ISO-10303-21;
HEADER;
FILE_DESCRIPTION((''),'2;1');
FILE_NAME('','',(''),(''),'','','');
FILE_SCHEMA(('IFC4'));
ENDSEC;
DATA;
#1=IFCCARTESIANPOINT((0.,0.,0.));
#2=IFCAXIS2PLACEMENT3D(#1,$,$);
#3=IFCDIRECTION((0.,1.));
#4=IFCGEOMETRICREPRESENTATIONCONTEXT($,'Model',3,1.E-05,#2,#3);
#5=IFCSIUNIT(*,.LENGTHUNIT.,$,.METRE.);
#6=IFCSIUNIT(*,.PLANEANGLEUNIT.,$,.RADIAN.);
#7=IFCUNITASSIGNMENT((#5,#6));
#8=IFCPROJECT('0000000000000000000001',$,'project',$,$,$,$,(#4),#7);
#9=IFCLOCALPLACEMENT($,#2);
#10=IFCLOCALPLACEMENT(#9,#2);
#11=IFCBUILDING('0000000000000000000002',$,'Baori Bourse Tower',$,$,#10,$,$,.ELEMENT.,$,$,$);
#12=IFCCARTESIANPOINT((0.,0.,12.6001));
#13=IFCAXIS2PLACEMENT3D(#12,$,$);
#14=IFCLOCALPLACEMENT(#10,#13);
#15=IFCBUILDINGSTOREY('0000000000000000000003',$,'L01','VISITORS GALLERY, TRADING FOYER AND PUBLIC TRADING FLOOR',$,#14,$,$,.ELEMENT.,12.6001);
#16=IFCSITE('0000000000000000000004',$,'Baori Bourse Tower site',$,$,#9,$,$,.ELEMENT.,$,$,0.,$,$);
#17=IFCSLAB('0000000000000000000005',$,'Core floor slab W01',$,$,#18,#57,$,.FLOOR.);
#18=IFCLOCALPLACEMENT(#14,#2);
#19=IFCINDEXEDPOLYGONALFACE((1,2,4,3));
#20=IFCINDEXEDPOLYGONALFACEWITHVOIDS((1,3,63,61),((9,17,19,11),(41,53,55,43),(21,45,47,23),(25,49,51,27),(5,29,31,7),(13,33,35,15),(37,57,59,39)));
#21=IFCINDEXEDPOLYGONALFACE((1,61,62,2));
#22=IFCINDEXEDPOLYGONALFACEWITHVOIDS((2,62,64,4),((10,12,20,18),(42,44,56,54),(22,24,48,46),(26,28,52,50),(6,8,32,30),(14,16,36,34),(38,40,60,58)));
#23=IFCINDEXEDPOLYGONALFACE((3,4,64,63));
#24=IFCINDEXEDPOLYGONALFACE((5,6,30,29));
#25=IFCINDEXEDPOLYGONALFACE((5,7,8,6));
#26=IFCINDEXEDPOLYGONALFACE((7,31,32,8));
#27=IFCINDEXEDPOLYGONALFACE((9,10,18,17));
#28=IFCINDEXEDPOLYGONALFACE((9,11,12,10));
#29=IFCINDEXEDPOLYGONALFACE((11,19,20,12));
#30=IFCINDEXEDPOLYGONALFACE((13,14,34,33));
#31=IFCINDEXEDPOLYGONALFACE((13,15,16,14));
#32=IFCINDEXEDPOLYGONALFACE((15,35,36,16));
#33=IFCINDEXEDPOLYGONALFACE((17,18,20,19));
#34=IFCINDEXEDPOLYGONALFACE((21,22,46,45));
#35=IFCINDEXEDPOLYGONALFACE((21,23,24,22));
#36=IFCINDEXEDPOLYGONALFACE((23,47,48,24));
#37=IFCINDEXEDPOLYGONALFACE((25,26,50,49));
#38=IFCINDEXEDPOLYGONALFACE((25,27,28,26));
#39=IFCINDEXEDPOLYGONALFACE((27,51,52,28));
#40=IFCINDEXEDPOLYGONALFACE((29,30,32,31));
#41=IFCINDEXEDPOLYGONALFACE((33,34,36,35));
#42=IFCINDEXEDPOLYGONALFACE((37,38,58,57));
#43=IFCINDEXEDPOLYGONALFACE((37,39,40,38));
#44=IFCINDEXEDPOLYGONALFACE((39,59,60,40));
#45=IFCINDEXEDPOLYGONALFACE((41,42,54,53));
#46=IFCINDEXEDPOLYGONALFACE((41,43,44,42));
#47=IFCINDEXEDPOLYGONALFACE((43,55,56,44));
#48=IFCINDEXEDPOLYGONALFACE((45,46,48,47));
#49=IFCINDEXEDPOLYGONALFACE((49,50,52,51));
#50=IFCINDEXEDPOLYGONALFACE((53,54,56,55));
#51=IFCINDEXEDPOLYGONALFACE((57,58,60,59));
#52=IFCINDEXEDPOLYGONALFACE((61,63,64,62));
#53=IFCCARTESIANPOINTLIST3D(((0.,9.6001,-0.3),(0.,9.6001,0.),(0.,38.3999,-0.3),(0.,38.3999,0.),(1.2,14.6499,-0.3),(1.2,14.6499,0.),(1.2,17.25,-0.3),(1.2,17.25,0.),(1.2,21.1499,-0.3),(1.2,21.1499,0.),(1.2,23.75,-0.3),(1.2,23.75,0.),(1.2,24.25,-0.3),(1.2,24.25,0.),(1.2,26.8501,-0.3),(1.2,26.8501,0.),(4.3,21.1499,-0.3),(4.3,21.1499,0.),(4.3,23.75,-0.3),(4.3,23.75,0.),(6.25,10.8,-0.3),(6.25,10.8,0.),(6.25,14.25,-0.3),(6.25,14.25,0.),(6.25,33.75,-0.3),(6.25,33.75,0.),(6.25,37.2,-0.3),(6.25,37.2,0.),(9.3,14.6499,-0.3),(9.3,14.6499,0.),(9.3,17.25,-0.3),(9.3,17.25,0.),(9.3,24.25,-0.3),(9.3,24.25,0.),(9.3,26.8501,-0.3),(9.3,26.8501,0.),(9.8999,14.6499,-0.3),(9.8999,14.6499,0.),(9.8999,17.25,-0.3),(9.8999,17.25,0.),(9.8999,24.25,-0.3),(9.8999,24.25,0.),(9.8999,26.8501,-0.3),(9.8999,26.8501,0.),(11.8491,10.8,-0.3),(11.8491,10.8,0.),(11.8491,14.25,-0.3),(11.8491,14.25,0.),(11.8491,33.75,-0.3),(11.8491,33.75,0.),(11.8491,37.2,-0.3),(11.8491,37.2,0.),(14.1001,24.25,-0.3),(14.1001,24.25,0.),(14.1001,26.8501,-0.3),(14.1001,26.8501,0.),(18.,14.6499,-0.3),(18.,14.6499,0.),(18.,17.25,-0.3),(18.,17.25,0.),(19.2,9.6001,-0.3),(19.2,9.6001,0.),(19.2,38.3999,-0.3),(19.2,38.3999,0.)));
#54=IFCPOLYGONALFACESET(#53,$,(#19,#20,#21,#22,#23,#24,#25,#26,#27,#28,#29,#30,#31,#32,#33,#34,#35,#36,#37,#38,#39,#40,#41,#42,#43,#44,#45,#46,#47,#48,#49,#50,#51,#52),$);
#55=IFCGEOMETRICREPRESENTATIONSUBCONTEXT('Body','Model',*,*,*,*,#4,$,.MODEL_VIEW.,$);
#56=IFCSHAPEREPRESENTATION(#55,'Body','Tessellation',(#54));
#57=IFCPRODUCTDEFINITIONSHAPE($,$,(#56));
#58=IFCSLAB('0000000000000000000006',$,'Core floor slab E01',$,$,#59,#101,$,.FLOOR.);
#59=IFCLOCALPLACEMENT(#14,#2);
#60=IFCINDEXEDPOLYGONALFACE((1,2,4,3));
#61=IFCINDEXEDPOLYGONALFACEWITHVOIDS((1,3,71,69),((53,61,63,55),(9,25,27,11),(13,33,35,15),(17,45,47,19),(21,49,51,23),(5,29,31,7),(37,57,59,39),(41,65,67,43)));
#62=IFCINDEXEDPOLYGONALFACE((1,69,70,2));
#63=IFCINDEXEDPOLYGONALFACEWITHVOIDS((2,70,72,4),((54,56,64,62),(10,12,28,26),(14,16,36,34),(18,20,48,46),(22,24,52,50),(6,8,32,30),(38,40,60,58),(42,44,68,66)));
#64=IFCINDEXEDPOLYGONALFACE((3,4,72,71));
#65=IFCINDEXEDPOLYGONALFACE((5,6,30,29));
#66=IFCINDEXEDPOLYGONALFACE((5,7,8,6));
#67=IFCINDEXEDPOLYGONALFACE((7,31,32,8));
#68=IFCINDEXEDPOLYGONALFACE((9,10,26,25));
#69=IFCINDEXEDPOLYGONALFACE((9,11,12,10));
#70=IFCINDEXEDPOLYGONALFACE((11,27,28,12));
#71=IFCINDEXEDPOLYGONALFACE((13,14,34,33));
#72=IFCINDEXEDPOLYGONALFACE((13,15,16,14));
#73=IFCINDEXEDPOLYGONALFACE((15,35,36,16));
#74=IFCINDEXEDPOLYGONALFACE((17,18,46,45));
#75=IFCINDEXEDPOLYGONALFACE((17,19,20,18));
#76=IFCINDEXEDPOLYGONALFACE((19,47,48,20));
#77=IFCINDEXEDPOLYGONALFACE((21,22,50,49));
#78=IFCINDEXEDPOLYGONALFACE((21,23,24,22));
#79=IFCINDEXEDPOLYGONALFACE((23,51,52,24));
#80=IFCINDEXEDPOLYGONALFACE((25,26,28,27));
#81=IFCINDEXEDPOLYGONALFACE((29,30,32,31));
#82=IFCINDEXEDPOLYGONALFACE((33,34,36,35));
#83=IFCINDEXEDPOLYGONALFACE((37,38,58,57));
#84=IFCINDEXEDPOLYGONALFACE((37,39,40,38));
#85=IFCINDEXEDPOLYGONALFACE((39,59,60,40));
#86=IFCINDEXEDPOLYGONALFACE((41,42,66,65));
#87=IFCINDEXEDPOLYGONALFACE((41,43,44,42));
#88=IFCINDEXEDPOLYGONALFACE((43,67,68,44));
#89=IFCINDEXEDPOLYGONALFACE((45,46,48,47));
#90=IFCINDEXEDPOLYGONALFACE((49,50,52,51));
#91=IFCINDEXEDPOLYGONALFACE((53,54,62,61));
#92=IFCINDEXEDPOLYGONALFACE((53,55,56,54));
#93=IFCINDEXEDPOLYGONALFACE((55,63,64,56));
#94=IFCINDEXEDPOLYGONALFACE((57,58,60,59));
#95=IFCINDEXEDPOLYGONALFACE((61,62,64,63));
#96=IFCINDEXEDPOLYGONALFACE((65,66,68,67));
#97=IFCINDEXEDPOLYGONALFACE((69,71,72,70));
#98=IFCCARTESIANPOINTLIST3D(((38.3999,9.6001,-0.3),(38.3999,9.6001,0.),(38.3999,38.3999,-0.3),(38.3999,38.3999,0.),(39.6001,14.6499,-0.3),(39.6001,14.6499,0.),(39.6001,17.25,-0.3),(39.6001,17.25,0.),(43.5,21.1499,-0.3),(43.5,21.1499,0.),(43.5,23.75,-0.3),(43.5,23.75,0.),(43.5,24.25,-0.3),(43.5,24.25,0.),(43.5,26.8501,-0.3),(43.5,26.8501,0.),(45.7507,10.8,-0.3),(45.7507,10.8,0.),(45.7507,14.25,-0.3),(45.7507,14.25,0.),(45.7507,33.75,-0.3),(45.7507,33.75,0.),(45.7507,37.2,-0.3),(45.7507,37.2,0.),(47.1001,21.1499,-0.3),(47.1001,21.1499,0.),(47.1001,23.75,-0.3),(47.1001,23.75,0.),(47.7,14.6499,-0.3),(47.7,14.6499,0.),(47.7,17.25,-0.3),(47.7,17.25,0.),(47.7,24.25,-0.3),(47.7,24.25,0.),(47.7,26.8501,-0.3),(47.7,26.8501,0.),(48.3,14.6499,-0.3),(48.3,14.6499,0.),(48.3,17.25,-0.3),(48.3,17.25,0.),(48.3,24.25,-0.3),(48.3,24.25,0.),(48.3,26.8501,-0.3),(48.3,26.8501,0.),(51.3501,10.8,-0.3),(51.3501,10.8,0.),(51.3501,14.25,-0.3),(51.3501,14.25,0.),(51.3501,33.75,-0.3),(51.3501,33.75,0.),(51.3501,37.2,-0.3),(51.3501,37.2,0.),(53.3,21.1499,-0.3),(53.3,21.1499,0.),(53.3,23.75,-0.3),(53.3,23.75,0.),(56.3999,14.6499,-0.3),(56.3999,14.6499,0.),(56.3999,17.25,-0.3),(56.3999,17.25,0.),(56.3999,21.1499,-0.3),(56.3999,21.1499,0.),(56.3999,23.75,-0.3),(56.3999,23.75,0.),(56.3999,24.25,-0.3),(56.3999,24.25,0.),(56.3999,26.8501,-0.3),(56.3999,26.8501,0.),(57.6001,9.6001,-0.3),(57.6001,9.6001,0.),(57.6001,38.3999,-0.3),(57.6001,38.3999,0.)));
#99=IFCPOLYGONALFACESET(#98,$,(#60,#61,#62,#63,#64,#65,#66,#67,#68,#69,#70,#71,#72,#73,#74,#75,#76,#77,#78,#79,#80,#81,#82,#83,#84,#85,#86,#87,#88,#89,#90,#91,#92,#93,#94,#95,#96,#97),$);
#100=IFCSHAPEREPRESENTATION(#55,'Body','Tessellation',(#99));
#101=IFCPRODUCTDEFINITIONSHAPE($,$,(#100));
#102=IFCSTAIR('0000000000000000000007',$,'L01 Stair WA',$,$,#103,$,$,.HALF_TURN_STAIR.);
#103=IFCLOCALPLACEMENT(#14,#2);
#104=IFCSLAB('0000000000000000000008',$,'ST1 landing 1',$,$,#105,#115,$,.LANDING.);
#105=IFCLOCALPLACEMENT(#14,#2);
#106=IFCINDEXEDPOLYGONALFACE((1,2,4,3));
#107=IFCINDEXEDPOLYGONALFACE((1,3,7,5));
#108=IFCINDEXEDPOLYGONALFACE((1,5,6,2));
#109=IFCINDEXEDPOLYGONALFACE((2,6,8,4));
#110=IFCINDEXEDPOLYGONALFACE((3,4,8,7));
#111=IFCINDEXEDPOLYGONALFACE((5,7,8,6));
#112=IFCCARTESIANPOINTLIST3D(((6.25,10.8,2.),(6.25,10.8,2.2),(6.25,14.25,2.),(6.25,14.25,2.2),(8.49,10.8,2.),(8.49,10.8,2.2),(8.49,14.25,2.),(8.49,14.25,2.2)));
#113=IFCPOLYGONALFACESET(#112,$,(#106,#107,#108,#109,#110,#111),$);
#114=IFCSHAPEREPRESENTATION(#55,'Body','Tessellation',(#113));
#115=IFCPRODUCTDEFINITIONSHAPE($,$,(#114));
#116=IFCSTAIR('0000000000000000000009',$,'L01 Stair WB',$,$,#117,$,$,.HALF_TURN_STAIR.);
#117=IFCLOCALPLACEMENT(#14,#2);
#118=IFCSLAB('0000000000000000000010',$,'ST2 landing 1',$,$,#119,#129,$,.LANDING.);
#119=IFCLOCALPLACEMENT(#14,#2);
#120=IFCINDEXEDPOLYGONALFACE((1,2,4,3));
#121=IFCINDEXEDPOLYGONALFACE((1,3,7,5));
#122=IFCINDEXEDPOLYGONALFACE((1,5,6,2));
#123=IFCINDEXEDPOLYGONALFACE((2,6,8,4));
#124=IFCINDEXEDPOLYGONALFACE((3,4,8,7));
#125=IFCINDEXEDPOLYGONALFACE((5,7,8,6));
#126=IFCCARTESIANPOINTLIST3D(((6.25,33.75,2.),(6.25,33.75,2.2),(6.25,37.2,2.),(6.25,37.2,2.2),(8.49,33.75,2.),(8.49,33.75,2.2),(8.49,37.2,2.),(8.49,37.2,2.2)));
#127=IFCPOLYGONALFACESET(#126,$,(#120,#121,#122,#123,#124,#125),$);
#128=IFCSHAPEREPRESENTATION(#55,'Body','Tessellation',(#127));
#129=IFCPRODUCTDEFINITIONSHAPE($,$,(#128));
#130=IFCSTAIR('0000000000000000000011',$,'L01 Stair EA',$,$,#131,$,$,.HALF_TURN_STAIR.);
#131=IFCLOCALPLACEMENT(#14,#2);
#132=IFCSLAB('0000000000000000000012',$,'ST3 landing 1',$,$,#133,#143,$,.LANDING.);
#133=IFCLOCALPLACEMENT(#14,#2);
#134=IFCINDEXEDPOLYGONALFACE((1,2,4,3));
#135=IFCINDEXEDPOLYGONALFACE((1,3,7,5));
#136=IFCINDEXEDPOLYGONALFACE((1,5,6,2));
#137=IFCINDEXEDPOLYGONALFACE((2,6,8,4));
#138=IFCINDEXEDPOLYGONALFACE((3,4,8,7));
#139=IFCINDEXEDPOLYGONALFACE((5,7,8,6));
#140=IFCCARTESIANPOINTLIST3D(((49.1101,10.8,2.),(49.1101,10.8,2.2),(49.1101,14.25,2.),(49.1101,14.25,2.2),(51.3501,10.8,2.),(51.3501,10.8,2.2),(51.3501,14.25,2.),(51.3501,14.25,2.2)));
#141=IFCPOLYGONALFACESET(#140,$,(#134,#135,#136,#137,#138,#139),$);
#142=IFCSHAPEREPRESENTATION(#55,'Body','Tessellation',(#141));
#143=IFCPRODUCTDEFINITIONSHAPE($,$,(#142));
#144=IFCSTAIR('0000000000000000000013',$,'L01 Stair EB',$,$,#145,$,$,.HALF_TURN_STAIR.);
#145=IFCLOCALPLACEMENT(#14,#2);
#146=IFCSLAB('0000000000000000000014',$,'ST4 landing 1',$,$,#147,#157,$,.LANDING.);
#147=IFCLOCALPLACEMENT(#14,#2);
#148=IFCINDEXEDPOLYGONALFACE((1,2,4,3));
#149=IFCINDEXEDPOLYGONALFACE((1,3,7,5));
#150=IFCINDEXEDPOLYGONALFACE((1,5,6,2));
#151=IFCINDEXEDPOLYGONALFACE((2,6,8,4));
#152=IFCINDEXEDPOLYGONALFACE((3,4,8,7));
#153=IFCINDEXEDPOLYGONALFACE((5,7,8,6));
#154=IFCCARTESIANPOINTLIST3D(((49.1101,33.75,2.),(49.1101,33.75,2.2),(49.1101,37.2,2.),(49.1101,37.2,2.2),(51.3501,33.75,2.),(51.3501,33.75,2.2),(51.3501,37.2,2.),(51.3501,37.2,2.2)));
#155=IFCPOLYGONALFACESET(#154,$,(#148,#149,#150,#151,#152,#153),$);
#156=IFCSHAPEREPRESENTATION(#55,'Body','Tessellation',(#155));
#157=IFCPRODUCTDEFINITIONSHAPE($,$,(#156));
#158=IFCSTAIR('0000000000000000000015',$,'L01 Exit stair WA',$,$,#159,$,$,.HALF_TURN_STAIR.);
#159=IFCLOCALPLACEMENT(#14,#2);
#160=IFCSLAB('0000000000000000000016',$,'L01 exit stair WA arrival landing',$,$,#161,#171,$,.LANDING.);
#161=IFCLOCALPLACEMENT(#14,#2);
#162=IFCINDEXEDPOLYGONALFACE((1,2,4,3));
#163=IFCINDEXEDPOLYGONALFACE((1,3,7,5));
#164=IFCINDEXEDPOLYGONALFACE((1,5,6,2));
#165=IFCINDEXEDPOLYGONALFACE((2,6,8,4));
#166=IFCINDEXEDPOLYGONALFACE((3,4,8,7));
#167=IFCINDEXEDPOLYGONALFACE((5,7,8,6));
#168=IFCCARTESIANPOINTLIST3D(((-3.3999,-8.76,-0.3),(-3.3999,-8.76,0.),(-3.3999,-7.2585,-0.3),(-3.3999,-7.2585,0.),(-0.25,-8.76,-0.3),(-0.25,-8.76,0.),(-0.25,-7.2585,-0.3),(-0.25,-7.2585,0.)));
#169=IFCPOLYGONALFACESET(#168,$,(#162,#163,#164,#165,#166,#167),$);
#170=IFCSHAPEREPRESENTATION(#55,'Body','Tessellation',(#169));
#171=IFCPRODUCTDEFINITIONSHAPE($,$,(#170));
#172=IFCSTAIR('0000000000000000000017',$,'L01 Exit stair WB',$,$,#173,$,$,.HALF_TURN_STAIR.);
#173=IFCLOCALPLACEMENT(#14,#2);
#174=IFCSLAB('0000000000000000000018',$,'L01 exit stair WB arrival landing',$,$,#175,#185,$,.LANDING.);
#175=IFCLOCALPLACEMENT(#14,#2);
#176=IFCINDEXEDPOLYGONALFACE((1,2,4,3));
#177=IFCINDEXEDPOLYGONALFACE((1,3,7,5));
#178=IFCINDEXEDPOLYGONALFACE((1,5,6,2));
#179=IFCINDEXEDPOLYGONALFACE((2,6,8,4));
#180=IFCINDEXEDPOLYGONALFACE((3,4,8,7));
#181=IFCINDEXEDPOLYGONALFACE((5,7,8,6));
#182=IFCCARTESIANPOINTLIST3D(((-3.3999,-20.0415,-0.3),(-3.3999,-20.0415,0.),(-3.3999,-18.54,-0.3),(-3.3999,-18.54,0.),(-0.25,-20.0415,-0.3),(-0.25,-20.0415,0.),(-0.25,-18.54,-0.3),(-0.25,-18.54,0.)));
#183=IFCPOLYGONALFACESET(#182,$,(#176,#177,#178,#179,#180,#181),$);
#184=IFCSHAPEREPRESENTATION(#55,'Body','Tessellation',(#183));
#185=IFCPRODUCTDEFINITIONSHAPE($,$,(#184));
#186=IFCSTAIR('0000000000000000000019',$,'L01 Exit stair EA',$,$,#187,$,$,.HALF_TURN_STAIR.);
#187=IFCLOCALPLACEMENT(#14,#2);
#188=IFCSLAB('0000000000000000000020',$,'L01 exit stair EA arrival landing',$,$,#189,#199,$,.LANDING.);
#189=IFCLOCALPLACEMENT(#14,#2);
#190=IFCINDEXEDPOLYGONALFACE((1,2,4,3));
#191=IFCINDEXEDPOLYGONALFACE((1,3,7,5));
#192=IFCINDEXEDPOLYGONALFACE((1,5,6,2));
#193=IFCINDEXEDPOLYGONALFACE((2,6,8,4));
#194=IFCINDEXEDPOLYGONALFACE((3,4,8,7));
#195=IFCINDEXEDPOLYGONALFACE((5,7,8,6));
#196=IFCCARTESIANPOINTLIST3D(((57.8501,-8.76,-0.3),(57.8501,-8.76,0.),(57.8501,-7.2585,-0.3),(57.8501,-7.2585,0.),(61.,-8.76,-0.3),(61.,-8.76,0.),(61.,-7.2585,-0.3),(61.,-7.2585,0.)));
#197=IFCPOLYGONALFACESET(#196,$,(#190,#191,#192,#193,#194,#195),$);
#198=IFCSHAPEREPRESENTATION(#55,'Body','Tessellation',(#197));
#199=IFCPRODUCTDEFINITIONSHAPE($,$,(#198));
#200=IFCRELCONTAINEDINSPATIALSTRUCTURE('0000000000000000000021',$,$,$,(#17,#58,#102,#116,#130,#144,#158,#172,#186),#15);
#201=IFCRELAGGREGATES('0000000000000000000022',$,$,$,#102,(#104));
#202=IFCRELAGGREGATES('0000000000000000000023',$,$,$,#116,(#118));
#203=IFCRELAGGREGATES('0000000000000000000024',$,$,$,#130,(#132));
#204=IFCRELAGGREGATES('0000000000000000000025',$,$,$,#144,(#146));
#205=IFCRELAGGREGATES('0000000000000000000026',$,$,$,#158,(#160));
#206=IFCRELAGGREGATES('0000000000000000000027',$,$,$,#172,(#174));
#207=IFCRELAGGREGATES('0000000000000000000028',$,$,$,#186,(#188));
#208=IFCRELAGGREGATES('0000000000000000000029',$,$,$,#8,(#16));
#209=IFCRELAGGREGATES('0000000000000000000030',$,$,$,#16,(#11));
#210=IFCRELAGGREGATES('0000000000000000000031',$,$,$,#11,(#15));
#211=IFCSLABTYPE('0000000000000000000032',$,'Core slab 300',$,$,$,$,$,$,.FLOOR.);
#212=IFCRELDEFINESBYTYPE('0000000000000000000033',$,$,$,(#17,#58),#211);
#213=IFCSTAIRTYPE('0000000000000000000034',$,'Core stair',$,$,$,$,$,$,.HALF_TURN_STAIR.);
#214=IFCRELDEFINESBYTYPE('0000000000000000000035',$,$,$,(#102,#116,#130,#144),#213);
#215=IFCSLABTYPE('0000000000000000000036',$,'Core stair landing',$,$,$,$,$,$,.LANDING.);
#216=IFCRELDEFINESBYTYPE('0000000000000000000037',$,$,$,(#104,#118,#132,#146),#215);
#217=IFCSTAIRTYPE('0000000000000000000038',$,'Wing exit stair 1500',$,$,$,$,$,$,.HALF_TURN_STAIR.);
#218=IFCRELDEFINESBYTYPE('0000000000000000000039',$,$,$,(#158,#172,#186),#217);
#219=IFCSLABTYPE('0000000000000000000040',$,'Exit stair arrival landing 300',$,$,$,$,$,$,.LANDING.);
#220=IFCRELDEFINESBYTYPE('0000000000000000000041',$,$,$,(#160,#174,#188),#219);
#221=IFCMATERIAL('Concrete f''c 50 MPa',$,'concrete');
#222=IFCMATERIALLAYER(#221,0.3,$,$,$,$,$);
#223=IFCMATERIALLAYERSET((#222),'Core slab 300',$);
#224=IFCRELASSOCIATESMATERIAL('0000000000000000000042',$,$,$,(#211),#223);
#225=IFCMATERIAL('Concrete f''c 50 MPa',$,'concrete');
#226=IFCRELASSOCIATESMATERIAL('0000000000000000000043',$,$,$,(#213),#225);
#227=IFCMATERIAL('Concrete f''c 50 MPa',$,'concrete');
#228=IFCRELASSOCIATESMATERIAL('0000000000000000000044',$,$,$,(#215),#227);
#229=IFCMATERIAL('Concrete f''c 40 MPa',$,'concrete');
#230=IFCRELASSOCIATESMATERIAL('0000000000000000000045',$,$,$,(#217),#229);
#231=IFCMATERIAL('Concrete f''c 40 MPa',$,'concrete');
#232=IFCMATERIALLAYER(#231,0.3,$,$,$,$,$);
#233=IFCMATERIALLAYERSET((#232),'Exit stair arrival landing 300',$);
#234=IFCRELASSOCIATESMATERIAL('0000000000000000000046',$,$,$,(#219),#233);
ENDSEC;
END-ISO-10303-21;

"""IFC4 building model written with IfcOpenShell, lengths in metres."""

from ifc_helpers import new_model, si_unit, direction, frame, origin, place, context, subcontext, project, spatial, polyline, outline, extrude, material, layer, layer_set, type_object, element, aggregate, save


model = new_model("IFC4")

# Units and contexts
model_context = context("Model", 3, precision=1e-05, world=origin(), true_north=direction((0.0, 1.0)))
body_context = subcontext(model_context, "Body", "Model", "MODEL_VIEW")
ifc_project = project(units=[si_unit("LENGTHUNIT", "METRE"), si_unit("PLANEANGLEUNIT", "RADIAN")], contexts=[model_context])

# Site, building, storey
site_placement = place(None, origin())
site = spatial("IfcSite", under=ifc_project, at=site_placement, Name="Baori Bourse Tower site", CompositionType="ELEMENT", RefElevation=0.0)
building_placement = place(site_placement, origin())
building = spatial("IfcBuilding", under=site, at=building_placement, Name="Baori Bourse Tower", CompositionType="ELEMENT")
storey_placement = place(building_placement, frame((0.0, 0.0, 12.6001)))
storey = spatial("IfcBuildingStorey", under=building, at=storey_placement, Name="L01", Description="VISITORS GALLERY, TRADING FOYER AND PUBLIC TRADING FLOOR", CompositionType="ELEMENT", Elevation=12.6001)

# Slabs
ifc_material_1 = material(Name="Concrete f'c 50 MPa", Category="concrete")
ifc_layer_1 = layer(ifc_material_1, 0.3)
ifc_layer_set_1 = layer_set([ifc_layer_1], Name="Core slab 300")
slab_type_1 = type_object("IfcSlabType", Name="Core slab 300", PredefinedType="FLOOR", material=ifc_layer_set_1)
slab_1_placement = place(storey_placement, frame((0.0, 0.0, -0.3)))
element("IfcSlab", 1, at=slab_1_placement, inside=storey, type_object=slab_type_1, Name="Core floor slab W01", PredefinedType="FLOOR", context=body_context, shape_type="SweptSolid", body=[
    extrude(outline(polyline([(19.2, 38.3999), (0.0, 38.3999), (0.0, 9.6001), (19.2, 9.6001), (19.2, 38.3999)]), holes=[polyline([(9.8999, 17.25), (18.0, 17.25), (18.0, 14.6499), (9.8999, 14.6499), (9.8999, 17.25)]), polyline([(9.8999, 24.25), (9.8999, 26.8501), (14.1001, 26.8501), (14.1001, 24.25), (9.8999, 24.25)]), polyline([(6.25, 14.25), (11.8491, 14.25), (11.8491, 10.8), (6.25, 10.8), (6.25, 14.25)]), polyline([(11.8491, 37.2), (11.8491, 33.75), (6.25, 33.75), (6.25, 37.2), (11.8491, 37.2)]), polyline([(1.2, 14.6499), (1.2, 17.25), (9.3, 17.25), (9.3, 14.6499), (1.2, 14.6499)]), polyline([(9.3, 26.8501), (9.3, 24.25), (1.2, 24.25), (1.2, 26.8501), (9.3, 26.8501)]), polyline([(4.3, 21.1499), (1.2, 21.1499), (1.2, 23.75), (4.3, 23.75), (4.3, 21.1499)])]), origin(), (0.0, 0.0, 1.0), 0.3),
])
slab_2_placement = place(storey_placement, frame((0.0, 0.0, -0.3)))
element("IfcSlab", 2, at=slab_2_placement, inside=storey, type_object=slab_type_1, Name="Core floor slab E01", PredefinedType="FLOOR", context=body_context, shape_type="SweptSolid", body=[
    extrude(outline(polyline([(38.3999, 9.6001), (57.6001, 9.6001), (57.6001, 38.3999), (38.3999, 38.3999), (38.3999, 9.6001)]), holes=[polyline([(48.3, 14.6499), (48.3, 17.25), (56.3999, 17.25), (56.3999, 14.6499), (48.3, 14.6499)]), polyline([(56.3999, 21.1499), (53.3, 21.1499), (53.3, 23.75), (56.3999, 23.75), (56.3999, 21.1499)]), polyline([(56.3999, 26.8501), (56.3999, 24.25), (48.3, 24.25), (48.3, 26.8501), (56.3999, 26.8501)]), polyline([(45.7507, 14.25), (51.3501, 14.25), (51.3501, 10.8), (45.7507, 10.8), (45.7507, 14.25)]), polyline([(51.3501, 37.2), (51.3501, 33.75), (45.7507, 33.75), (45.7507, 37.2), (51.3501, 37.2)]), polyline([(39.6001, 17.25), (47.7, 17.25), (47.7, 14.6499), (39.6001, 14.6499), (39.6001, 17.25)]), polyline([(43.5, 24.25), (43.5, 26.8501), (47.7, 26.8501), (47.7, 24.25), (43.5, 24.25)]), polyline([(43.5, 23.75), (47.1001, 23.75), (47.1001, 21.1499), (43.5, 21.1499), (43.5, 23.75)])]), origin(), (0.0, 0.0, 1.0), 0.3),
])

# Stairs, slabs
ifc_material_2 = material(Name="Concrete f'c 50 MPa", Category="concrete")
stair_type_1 = type_object("IfcStairType", Name="Core stair", PredefinedType="HALF_TURN_STAIR", material=ifc_material_2)
stair_1_placement = place(storey_placement, origin())
stair_1 = element("IfcStair", 3, at=stair_1_placement, inside=storey, type_object=stair_type_1, Name="L01 Stair WA", PredefinedType="HALF_TURN_STAIR")
ifc_material_3 = material(Name="Concrete f'c 50 MPa", Category="concrete")
slab_type_2 = type_object("IfcSlabType", Name="Core stair landing", PredefinedType="LANDING", material=ifc_material_3)
slab_3_placement = place(storey_placement, frame((0.0, 0.0, 2.0)))
slab_3 = element("IfcSlab", 4, at=slab_3_placement, type_object=slab_type_2, Name="ST1 landing 1", PredefinedType="LANDING", context=body_context, shape_type="SweptSolid", body=[
    extrude(outline(polyline([(8.49, 14.25), (6.25, 14.25), (6.25, 10.8), (8.49, 10.8), (8.49, 14.25)])), origin(), (0.0, 0.0, 1.0), 0.2),
])
aggregate(stair_1, [slab_3])
stair_2_placement = place(storey_placement, origin())
stair_2 = element("IfcStair", 5, at=stair_2_placement, inside=storey, type_object=stair_type_1, Name="L01 Stair WB", PredefinedType="HALF_TURN_STAIR")
slab_4_placement = place(storey_placement, frame((0.0, 0.0, 2.0)))
slab_4 = element("IfcSlab", 6, at=slab_4_placement, type_object=slab_type_2, Name="ST2 landing 1", PredefinedType="LANDING", context=body_context, shape_type="SweptSolid", body=[
    extrude(outline(polyline([(8.49, 37.2), (6.25, 37.2), (6.25, 33.75), (8.49, 33.75), (8.49, 37.2)])), origin(), (0.0, 0.0, 1.0), 0.2),
])
aggregate(stair_2, [slab_4])
stair_3_placement = place(storey_placement, origin())
stair_3 = element("IfcStair", 7, at=stair_3_placement, inside=storey, type_object=stair_type_1, Name="L01 Stair EA", PredefinedType="HALF_TURN_STAIR")
slab_5_placement = place(storey_placement, frame((0.0, 0.0, 2.0)))
slab_5 = element("IfcSlab", 8, at=slab_5_placement, type_object=slab_type_2, Name="ST3 landing 1", PredefinedType="LANDING", context=body_context, shape_type="SweptSolid", body=[
    extrude(outline(polyline([(49.1101, 10.8), (51.3501, 10.8), (51.3501, 14.25), (49.1101, 14.25), (49.1101, 10.8)])), origin(), (0.0, 0.0, 1.0), 0.2),
])
aggregate(stair_3, [slab_5])
stair_4_placement = place(storey_placement, origin())
stair_4 = element("IfcStair", 9, at=stair_4_placement, inside=storey, type_object=stair_type_1, Name="L01 Stair EB", PredefinedType="HALF_TURN_STAIR")
slab_6_placement = place(storey_placement, frame((0.0, 0.0, 2.0)))
slab_6 = element("IfcSlab", 10, at=slab_6_placement, type_object=slab_type_2, Name="ST4 landing 1", PredefinedType="LANDING", context=body_context, shape_type="SweptSolid", body=[
    extrude(outline(polyline([(49.1101, 33.75), (51.3501, 33.75), (51.3501, 37.2), (49.1101, 37.2), (49.1101, 33.75)])), origin(), (0.0, 0.0, 1.0), 0.2),
])
aggregate(stair_4, [slab_6])
ifc_material_4 = material(Name="Concrete f'c 40 MPa", Category="concrete")
stair_type_2 = type_object("IfcStairType", Name="Wing exit stair 1500", PredefinedType="HALF_TURN_STAIR", material=ifc_material_4)
stair_5_placement = place(storey_placement, origin())
stair_5 = element("IfcStair", 11, at=stair_5_placement, inside=storey, type_object=stair_type_2, Name="L01 Exit stair WA", PredefinedType="HALF_TURN_STAIR")
ifc_material_5 = material(Name="Concrete f'c 40 MPa", Category="concrete")
ifc_layer_2 = layer(ifc_material_5, 0.3)
ifc_layer_set_2 = layer_set([ifc_layer_2], Name="Exit stair arrival landing 300")
slab_type_3 = type_object("IfcSlabType", Name="Exit stair arrival landing 300", PredefinedType="LANDING", material=ifc_layer_set_2)
slab_7_placement = place(storey_placement, frame((0.0, 0.0, -0.3)))
slab_7 = element("IfcSlab", 12, at=slab_7_placement, type_object=slab_type_3, Name="L01 exit stair WA arrival landing", PredefinedType="LANDING", context=body_context, shape_type="SweptSolid", body=[
    extrude(outline(polyline([(-0.25, -7.2585), (-3.3999, -7.2585), (-3.3999, -8.76), (-0.25, -8.76), (-0.25, -7.2585)])), origin(), (0.0, 0.0, 1.0), 0.3),
])
stair_6_placement = place(storey_placement, origin())
stair_6 = element("IfcStair", 13, at=stair_6_placement, inside=storey, type_object=stair_type_2, Name="L01 Exit stair WB", PredefinedType="HALF_TURN_STAIR")
slab_8_placement = place(storey_placement, frame((0.0, 0.0, -0.3)))
slab_8 = element("IfcSlab", 14, at=slab_8_placement, type_object=slab_type_3, Name="L01 exit stair WB arrival landing", PredefinedType="LANDING", context=body_context, shape_type="SweptSolid", body=[
    extrude(outline(polyline([(-3.3999, -20.0415), (-0.25, -20.0415), (-0.25, -18.54), (-3.3999, -18.54), (-3.3999, -20.0415)])), origin(), (0.0, 0.0, 1.0), 0.3),
])
stair_7_placement = place(storey_placement, origin())
stair_7 = element("IfcStair", 15, at=stair_7_placement, inside=storey, type_object=stair_type_2, Name="L01 Exit stair EA", PredefinedType="HALF_TURN_STAIR")
slab_9_placement = place(storey_placement, frame((0.0, 0.0, -0.3)))
slab_9 = element("IfcSlab", 16, at=slab_9_placement, type_object=slab_type_3, Name="L01 exit stair EA arrival landing", PredefinedType="LANDING", context=body_context, shape_type="SweptSolid", body=[
    extrude(outline(polyline([(61.0, -7.2585), (57.8501, -7.2585), (57.8501, -8.76), (61.0, -8.76), (61.0, -7.2585)])), origin(), (0.0, 0.0, 1.0), 0.3),
])

aggregate(stair_5, [slab_7])
aggregate(stair_6, [slab_8])
aggregate(stair_7, [slab_9])

save(model, "model.ifc")
